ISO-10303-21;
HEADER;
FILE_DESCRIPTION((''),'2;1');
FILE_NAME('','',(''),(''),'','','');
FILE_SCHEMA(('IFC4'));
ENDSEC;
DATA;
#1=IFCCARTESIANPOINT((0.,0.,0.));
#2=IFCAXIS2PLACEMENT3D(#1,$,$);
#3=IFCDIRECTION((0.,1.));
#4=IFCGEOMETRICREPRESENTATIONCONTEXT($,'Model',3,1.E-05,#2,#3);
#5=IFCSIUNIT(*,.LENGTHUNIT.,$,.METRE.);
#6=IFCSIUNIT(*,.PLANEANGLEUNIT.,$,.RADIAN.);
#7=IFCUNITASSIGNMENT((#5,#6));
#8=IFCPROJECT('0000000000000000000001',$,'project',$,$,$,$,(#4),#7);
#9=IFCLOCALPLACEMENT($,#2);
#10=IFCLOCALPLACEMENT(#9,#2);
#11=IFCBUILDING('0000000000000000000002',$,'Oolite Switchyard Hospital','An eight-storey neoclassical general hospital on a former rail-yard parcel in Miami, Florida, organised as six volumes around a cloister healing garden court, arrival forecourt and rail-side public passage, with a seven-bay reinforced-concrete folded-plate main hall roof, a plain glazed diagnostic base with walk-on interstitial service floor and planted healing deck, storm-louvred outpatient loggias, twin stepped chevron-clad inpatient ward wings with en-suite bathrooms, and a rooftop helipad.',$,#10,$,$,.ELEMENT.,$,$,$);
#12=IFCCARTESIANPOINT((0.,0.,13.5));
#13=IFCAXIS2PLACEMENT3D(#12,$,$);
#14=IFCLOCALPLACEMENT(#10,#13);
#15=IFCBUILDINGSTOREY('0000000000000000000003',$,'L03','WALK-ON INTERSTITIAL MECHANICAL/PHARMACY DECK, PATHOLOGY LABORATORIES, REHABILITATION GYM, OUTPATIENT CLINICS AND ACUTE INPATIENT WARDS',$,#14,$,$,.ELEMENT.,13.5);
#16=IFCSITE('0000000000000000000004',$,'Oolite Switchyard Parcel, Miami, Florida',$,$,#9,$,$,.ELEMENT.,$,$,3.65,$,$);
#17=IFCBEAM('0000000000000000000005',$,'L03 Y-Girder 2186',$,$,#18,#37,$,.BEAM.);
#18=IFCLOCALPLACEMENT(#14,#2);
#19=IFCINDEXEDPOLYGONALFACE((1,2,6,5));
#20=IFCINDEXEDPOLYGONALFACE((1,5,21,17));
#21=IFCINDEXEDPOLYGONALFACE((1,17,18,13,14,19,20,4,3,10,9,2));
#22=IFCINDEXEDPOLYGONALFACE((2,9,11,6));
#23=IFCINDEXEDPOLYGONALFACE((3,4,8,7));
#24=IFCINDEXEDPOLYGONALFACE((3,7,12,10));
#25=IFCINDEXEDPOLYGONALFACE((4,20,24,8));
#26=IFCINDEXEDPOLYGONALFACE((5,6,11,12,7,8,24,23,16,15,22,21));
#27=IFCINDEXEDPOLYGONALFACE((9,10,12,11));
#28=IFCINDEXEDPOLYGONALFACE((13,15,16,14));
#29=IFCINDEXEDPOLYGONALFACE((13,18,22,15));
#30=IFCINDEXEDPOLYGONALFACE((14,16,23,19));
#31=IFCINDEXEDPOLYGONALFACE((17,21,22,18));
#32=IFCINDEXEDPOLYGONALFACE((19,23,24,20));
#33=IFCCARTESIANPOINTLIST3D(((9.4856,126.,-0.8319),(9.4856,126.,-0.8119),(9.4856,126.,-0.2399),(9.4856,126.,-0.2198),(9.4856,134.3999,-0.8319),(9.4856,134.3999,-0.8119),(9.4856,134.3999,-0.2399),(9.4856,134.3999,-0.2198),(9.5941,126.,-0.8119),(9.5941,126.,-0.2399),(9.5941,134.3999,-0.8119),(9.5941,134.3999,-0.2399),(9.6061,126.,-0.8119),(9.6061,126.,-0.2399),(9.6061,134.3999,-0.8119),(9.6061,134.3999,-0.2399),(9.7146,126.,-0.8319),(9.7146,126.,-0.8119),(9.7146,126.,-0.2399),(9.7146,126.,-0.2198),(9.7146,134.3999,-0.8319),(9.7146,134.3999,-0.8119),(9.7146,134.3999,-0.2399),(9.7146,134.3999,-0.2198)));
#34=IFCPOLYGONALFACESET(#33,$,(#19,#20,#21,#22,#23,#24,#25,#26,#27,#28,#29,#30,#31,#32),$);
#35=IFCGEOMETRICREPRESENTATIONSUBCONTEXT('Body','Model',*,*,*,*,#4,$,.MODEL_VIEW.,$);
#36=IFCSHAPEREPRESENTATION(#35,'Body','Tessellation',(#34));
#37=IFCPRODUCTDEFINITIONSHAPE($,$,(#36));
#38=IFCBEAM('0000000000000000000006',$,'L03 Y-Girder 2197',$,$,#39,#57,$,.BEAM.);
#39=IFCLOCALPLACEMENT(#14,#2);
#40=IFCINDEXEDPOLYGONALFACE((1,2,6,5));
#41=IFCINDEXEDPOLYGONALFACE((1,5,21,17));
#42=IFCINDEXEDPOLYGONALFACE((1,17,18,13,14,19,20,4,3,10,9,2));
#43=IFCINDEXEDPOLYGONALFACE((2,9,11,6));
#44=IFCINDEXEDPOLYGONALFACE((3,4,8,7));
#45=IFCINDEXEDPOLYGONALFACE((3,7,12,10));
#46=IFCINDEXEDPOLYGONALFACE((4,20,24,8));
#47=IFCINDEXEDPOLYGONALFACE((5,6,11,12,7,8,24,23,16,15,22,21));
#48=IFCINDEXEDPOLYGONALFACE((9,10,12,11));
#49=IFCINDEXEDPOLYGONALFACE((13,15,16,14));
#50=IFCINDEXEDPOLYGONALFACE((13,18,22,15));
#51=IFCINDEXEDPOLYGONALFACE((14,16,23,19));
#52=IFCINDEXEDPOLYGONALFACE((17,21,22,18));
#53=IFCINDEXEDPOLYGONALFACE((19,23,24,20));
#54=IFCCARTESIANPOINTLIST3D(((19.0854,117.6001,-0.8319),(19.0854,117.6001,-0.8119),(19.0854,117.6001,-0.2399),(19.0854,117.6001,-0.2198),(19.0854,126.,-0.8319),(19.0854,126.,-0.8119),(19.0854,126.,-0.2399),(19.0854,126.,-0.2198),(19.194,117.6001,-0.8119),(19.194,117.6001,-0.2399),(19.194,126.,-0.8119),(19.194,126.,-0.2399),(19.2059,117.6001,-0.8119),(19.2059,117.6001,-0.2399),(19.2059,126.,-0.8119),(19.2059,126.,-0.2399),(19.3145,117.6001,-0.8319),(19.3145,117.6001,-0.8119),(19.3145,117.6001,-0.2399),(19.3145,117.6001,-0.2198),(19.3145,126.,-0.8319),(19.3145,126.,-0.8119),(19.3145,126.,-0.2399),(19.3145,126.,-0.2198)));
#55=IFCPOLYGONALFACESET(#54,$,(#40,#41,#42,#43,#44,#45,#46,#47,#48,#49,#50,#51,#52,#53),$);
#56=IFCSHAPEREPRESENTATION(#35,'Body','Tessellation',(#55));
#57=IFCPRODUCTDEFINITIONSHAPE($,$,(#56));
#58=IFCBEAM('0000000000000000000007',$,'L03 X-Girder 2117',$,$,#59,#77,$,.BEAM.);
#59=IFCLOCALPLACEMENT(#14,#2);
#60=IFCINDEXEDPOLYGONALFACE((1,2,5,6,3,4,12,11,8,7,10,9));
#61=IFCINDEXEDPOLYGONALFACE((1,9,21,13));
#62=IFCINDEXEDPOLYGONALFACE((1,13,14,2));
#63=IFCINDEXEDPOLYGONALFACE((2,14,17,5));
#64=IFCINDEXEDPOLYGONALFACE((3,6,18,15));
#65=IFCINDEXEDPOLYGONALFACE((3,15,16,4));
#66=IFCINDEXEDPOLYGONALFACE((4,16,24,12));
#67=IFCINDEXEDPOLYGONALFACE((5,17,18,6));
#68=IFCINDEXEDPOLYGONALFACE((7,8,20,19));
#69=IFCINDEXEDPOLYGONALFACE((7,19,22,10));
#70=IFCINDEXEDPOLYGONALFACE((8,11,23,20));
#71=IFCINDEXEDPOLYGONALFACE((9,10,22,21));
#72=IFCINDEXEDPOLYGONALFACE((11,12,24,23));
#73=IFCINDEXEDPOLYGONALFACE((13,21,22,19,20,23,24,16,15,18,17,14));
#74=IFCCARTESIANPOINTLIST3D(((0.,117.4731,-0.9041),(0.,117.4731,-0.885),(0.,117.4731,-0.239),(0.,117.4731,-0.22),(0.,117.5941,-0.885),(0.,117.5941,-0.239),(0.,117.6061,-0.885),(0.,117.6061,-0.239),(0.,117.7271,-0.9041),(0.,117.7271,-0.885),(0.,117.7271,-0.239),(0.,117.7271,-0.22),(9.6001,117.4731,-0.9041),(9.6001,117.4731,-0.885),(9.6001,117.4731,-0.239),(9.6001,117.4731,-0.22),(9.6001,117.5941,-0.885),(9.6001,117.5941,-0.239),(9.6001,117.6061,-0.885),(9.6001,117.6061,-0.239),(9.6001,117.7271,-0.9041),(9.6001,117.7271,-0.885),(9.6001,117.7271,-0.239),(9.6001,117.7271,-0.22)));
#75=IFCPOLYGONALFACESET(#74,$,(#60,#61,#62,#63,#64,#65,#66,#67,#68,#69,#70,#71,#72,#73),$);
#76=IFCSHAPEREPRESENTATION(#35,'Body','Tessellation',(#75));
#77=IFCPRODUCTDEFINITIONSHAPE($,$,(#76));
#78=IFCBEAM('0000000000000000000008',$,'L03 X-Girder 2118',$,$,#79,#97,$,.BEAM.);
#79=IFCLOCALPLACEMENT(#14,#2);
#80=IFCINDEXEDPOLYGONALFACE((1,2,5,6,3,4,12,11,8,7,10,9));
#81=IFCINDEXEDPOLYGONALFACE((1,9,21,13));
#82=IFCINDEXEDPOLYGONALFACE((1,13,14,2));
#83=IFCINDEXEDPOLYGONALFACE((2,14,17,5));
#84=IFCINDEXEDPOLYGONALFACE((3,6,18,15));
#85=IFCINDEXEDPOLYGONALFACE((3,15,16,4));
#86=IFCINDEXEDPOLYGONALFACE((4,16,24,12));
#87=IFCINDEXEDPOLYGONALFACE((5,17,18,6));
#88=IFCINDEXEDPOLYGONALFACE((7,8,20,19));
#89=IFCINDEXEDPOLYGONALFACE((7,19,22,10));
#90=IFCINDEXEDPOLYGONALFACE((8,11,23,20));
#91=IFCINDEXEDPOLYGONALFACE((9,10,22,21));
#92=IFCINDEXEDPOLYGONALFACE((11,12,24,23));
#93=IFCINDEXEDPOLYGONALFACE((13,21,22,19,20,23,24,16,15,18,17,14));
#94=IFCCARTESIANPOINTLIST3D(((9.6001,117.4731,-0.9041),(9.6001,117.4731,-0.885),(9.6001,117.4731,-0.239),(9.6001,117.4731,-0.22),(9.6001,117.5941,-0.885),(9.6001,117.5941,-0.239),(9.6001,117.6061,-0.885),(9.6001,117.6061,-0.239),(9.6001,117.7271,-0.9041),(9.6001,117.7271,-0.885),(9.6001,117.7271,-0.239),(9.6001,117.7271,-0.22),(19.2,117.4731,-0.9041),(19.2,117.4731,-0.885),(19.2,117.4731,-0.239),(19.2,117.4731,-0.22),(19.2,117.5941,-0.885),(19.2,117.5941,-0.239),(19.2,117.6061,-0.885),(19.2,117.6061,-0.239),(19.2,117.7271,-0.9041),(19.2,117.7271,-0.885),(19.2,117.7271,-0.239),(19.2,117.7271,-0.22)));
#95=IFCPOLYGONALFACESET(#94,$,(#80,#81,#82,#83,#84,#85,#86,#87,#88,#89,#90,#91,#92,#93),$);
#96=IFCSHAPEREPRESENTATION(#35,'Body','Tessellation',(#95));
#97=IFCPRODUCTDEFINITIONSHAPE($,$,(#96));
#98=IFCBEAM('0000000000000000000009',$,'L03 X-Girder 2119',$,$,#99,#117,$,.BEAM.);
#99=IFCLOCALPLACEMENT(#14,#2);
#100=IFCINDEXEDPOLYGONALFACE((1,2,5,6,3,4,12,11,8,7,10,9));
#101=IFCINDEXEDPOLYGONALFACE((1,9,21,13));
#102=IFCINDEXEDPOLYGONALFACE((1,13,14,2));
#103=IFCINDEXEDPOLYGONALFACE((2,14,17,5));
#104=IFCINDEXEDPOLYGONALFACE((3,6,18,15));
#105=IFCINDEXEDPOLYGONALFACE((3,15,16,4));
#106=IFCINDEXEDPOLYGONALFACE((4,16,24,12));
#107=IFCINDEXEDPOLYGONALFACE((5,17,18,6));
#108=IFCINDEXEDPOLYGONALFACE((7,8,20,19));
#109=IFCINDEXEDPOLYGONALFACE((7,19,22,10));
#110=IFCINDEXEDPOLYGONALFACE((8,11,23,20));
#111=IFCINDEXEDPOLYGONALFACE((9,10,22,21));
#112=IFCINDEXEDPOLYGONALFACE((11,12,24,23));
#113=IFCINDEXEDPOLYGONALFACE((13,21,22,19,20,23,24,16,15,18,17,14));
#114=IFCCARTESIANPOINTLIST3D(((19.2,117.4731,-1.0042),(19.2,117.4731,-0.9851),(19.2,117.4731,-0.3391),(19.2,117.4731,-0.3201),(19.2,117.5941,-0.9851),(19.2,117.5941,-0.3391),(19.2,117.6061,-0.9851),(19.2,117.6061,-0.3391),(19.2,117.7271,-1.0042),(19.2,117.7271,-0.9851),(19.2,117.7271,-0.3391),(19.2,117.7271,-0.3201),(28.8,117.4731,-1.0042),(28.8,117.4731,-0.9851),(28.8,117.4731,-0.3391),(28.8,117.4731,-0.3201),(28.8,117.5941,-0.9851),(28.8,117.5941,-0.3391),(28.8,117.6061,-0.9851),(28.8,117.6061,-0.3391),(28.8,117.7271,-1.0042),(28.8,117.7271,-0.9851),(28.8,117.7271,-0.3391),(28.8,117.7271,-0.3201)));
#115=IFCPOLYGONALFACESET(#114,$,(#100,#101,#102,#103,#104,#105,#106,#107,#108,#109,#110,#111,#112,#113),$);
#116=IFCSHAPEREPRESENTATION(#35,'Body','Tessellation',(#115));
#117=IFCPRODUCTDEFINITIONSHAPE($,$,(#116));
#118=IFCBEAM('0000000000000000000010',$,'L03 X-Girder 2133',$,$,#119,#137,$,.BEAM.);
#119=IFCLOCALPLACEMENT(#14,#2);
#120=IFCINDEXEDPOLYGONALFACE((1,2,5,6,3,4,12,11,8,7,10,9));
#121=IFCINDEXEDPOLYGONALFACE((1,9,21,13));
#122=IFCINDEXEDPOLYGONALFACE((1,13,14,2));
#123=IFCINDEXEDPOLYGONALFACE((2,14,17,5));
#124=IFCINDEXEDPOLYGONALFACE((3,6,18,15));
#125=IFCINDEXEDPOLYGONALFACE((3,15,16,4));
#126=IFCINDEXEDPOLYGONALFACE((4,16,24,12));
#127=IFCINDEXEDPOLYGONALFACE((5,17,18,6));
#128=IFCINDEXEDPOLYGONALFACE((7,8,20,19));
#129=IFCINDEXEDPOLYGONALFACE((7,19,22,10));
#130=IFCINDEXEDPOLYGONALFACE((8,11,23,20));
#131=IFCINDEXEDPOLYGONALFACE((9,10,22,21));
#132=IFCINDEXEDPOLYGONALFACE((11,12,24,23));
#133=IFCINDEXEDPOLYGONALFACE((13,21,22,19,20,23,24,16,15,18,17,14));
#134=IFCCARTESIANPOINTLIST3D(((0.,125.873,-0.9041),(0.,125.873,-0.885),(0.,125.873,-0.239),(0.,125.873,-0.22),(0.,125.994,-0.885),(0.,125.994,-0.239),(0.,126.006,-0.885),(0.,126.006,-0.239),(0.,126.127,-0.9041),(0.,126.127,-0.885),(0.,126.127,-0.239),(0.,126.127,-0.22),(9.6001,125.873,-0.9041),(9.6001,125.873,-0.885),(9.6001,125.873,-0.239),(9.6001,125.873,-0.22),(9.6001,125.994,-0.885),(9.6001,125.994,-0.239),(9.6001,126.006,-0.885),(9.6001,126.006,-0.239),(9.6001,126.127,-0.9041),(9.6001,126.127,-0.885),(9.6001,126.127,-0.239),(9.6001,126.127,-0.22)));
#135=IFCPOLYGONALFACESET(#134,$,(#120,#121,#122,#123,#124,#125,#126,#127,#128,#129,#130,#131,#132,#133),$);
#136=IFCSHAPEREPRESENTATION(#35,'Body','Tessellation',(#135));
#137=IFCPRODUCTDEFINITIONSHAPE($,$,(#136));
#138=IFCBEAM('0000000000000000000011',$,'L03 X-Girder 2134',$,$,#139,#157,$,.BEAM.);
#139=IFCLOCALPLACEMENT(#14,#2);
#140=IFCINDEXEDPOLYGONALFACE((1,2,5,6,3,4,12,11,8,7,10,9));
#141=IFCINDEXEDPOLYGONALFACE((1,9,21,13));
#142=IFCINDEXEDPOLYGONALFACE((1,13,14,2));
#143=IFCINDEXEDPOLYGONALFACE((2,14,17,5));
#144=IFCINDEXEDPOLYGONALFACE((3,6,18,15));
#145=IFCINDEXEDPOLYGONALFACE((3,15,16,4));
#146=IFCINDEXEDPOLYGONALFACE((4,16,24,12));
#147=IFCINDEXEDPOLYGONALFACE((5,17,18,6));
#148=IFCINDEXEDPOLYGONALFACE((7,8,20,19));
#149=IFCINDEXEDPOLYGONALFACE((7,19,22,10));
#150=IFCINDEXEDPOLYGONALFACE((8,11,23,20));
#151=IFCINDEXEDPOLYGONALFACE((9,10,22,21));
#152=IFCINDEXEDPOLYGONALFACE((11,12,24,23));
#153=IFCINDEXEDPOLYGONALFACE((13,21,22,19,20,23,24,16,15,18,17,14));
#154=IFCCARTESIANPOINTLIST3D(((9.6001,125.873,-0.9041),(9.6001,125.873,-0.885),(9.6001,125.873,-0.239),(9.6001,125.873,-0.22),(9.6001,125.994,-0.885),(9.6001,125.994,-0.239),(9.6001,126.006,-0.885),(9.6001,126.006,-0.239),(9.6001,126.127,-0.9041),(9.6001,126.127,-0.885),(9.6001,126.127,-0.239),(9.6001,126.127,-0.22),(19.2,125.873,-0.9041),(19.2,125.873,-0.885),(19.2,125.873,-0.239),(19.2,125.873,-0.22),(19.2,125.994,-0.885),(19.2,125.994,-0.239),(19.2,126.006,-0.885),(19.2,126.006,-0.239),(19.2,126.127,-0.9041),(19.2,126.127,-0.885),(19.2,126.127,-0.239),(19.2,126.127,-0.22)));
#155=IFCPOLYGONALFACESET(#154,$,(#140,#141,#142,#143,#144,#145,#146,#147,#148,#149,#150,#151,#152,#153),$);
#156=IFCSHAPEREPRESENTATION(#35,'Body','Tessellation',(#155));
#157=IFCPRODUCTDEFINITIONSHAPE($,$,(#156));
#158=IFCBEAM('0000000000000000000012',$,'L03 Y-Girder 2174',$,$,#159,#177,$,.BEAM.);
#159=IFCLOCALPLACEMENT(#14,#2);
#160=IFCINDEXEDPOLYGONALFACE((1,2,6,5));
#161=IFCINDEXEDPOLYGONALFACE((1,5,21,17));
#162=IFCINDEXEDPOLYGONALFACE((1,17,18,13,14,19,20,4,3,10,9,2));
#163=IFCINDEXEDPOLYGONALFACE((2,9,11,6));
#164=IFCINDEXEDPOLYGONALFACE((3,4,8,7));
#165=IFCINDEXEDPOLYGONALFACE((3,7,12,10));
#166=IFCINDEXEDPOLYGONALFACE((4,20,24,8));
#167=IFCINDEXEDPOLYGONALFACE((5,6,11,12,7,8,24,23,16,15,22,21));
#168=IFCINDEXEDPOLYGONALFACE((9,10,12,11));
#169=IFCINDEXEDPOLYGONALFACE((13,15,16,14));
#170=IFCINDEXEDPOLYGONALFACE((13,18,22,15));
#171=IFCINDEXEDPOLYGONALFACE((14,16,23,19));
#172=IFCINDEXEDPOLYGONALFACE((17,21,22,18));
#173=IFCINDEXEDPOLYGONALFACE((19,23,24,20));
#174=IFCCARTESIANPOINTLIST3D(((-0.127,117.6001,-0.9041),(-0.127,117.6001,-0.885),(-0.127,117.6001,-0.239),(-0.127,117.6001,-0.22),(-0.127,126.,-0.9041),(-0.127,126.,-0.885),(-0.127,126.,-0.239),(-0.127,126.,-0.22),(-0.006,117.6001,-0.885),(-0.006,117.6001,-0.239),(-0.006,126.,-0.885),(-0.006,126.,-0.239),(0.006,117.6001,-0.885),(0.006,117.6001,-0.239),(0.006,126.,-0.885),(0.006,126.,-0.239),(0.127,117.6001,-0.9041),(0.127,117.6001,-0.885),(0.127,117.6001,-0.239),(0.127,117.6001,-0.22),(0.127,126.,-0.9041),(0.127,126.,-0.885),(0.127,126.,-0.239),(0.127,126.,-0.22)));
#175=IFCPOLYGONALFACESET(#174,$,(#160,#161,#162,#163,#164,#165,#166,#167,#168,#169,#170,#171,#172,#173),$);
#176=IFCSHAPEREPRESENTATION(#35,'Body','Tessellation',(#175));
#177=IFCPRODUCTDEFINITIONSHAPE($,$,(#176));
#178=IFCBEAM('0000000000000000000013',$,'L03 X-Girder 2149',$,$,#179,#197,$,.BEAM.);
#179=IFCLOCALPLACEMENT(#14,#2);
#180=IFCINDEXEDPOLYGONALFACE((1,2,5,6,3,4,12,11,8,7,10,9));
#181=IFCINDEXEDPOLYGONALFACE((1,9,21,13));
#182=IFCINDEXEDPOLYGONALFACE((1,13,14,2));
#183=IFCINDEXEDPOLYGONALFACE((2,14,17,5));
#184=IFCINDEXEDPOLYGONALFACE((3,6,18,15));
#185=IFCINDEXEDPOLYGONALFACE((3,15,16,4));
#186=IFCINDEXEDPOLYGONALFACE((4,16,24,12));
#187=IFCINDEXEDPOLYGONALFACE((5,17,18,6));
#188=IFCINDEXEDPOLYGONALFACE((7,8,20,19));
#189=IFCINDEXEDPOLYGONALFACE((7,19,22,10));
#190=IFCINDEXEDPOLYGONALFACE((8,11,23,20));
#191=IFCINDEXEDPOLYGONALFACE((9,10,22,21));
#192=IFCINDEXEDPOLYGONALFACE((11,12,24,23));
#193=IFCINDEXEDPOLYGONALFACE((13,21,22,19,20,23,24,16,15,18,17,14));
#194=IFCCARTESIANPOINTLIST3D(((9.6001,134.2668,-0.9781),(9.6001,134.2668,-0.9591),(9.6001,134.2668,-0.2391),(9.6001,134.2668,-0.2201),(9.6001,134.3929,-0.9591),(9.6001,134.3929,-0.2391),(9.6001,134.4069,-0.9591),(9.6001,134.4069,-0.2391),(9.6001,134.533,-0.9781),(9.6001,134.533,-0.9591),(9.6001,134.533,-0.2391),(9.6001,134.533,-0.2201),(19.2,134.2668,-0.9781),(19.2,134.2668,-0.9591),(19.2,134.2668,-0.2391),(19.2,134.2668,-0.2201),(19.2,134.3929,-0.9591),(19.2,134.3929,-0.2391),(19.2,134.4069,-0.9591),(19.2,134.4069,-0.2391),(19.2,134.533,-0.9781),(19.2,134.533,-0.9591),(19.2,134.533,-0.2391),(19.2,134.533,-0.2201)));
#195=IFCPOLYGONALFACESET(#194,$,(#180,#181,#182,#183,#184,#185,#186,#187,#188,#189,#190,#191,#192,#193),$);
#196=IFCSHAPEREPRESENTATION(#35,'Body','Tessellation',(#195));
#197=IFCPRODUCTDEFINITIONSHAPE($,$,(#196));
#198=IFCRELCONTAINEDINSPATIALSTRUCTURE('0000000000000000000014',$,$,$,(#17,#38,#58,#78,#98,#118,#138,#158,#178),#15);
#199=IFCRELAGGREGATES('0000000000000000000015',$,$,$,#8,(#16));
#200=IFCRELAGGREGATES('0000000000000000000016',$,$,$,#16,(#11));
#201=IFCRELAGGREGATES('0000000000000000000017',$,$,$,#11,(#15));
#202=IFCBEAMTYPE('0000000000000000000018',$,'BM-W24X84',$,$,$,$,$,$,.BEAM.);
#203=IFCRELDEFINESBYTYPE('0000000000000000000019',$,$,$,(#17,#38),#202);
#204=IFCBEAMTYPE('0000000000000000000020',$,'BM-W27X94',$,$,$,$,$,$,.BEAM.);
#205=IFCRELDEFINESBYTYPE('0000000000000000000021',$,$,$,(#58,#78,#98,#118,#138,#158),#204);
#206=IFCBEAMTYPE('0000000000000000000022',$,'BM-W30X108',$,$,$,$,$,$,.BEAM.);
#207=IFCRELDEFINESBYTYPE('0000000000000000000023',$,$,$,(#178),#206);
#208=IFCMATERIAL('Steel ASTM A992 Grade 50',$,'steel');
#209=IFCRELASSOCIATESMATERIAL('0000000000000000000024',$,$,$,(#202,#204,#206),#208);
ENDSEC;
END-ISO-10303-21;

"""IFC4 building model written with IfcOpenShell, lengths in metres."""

from ifc_helpers import new_model, si_unit, direction, frame, origin, origin_2d, place, context, subcontext, project, spatial, i_section, extrude, material, material_profile, profile_set, type_object, element, save


model = new_model("IFC4")

# Units and contexts
model_context = context("Model", 3, precision=1e-05, world=origin(), true_north=direction((0.0, 1.0)))
body_context = subcontext(model_context, "Body", "Model", "MODEL_VIEW")
ifc_project = project(units=[si_unit("LENGTHUNIT", "METRE"), si_unit("PLANEANGLEUNIT", "RADIAN")], contexts=[model_context])

# Site, building, storey
site_placement = place(None, origin())
site = spatial("IfcSite", under=ifc_project, at=site_placement, Name="Oolite Switchyard Parcel, Miami, Florida", CompositionType="ELEMENT", RefElevation=3.65)
building_placement = place(site_placement, origin())
building = spatial("IfcBuilding", under=site, at=building_placement, Name="Oolite Switchyard Hospital", Description="An eight-storey neoclassical general hospital on a former rail-yard parcel in Miami, Florida, organised as six volumes around a cloister healing garden court, arrival forecourt and rail-side public passage, with a seven-bay reinforced-concrete folded-plate main hall roof, a plain glazed diagnostic base with walk-on interstitial service floor and planted healing deck, storm-louvred outpatient loggias, twin stepped chevron-clad inpatient ward wings with en-suite bathrooms, and a rooftop helipad.", CompositionType="ELEMENT")
storey_placement = place(building_placement, frame((0.0, 0.0, 13.5)))
storey = spatial("IfcBuildingStorey", under=building, at=storey_placement, Name="L03", Description="WALK-ON INTERSTITIAL MECHANICAL/PHARMACY DECK, PATHOLOGY LABORATORIES, REHABILITATION GYM, OUTPATIENT CLINICS AND ACUTE INPATIENT WARDS", CompositionType="ELEMENT", Elevation=13.5)

# Beams
ifc_material_1 = material(Name="Steel ASTM A992 Grade 50", Category="steel")
ifc_material_profile_1 = material_profile(ifc_material_1, i_section(OverallWidth=0.229, OverallDepth=0.6121, WebThickness=0.012, FlangeThickness=0.02, at=origin_2d()), Name="W24X84")
ifc_profile_set_1 = profile_set([ifc_material_profile_1], Name="Steel ASTM A992 Grade 50")
beam_type_1 = type_object("IfcBeamType", Name="BM-W24X84", PredefinedType="BEAM", material=ifc_profile_set_1)
for number, where, z_axis, x_axis, name in (
    (1, (9.6001, 126.0, -0.5259), (0.0, 1.0, 0.0), (-1.0, 0.0, 0.0), "L03 Y-Girder 2186"),
    (2, (19.2, 117.6001, -0.5259), (0.0, 1.0, 0.0), (-1.0, 0.0, 0.0), "L03 Y-Girder 2197"),
):
    element("IfcBeam", number, at=place(storey_placement, frame(where, z_axis=z_axis, x_axis=x_axis)), inside=storey, type_object=beam_type_1, Name=name, PredefinedType="BEAM", context=body_context, shape_type="SweptSolid", body=[
        extrude(i_section(OverallWidth=0.229, OverallDepth=0.6121, WebThickness=0.012, FlangeThickness=0.02, at=origin_2d()), origin(), (0.0, 0.0, 1.0), 8.3999),
    ])
ifc_material_profile_2 = material_profile(ifc_material_1, i_section(OverallWidth=0.2539, OverallDepth=0.6841, WebThickness=0.012, FlangeThickness=0.019, at=origin_2d()), Name="W27X94")
ifc_profile_set_2 = profile_set([ifc_material_profile_2], Name="Steel ASTM A992 Grade 50")
beam_type_2 = type_object("IfcBeamType", Name="BM-W27X94", PredefinedType="BEAM", material=ifc_profile_set_2)
beam_1_placement = place(storey_placement, frame((0.0, 117.6001, -0.562), z_axis=(1.0, 0.0, 0.0), x_axis=(0.0, 1.0, 0.0)))
element("IfcBeam", 3, at=beam_1_placement, inside=storey, type_object=beam_type_2, Name="L03 X-Girder 2117", PredefinedType="BEAM", context=body_context, shape_type="SweptSolid", body=[
    extrude(i_section(OverallWidth=0.2539, OverallDepth=0.6841, WebThickness=0.012, FlangeThickness=0.019, at=origin_2d()), origin(), (0.0, 0.0, 1.0), 9.6001),
])
beam_2_placement = place(storey_placement, frame((9.6001, 117.6001, -0.562), z_axis=(1.0, 0.0, 0.0), x_axis=(0.0, 1.0, 0.0)))
element("IfcBeam", 4, at=beam_2_placement, inside=storey, type_object=beam_type_2, Name="L03 X-Girder 2118", PredefinedType="BEAM", context=body_context, shape_type="SweptSolid", body=[
    extrude(i_section(OverallWidth=0.2539, OverallDepth=0.6841, WebThickness=0.012, FlangeThickness=0.019, at=origin_2d()), origin(), (0.0, 0.0, 1.0), 9.5999),
])
for number, where, z_axis, x_axis, name in (
    (5, (19.2, 117.6001, -0.6621), (1.0, 0.0, 0.0), (0.0, 1.0, 0.0), "L03 X-Girder 2119"),
    (6, (0.0, 126.0, -0.562), (1.0, 0.0, 0.0), (0.0, 1.0, 0.0), "L03 X-Girder 2133"),
):
    element("IfcBeam", number, at=place(storey_placement, frame(where, z_axis=z_axis, x_axis=x_axis)), inside=storey, type_object=beam_type_2, Name=name, PredefinedType="BEAM", context=body_context, shape_type="SweptSolid", body=[
        extrude(i_section(OverallWidth=0.2539, OverallDepth=0.6841, WebThickness=0.012, FlangeThickness=0.019, at=origin_2d()), origin(), (0.0, 0.0, 1.0), 9.6001),
    ])
beam_3_placement = place(storey_placement, frame((9.6001, 126.0, -0.562), z_axis=(1.0, 0.0, 0.0), x_axis=(0.0, 1.0, 0.0)))
element("IfcBeam", 7, at=beam_3_placement, inside=storey, type_object=beam_type_2, Name="L03 X-Girder 2134", PredefinedType="BEAM", context=body_context, shape_type="SweptSolid", body=[
    extrude(i_section(OverallWidth=0.2539, OverallDepth=0.6841, WebThickness=0.012, FlangeThickness=0.019, at=origin_2d()), origin(), (0.0, 0.0, 1.0), 9.5999),
])
beam_4_placement = place(storey_placement, frame((0.0, 117.6001, -0.562), z_axis=(0.0, 1.0, 0.0), x_axis=(-1.0, 0.0, 0.0)))
element("IfcBeam", 8, at=beam_4_placement, inside=storey, type_object=beam_type_2, Name="L03 Y-Girder 2174", PredefinedType="BEAM", context=body_context, shape_type="SweptSolid", body=[
    extrude(i_section(OverallWidth=0.2539, OverallDepth=0.6841, WebThickness=0.012, FlangeThickness=0.019, at=origin_2d()), origin(), (0.0, 0.0, 1.0), 8.3999),
])
ifc_material_profile_3 = material_profile(ifc_material_1, i_section(OverallWidth=0.2661, OverallDepth=0.7581, WebThickness=0.0139, FlangeThickness=0.019, at=origin_2d()), Name="W30X108")
ifc_profile_set_3 = profile_set([ifc_material_profile_3], Name="Steel ASTM A992 Grade 50")
beam_type_3 = type_object("IfcBeamType", Name="BM-W30X108", PredefinedType="BEAM", material=ifc_profile_set_3)
beam_5_placement = place(storey_placement, frame((9.6001, 134.3999, -0.5991), z_axis=(1.0, 0.0, 0.0), x_axis=(0.0, 1.0, 0.0)))
element("IfcBeam", 9, at=beam_5_placement, inside=storey, type_object=beam_type_3, Name="L03 X-Girder 2149", PredefinedType="BEAM", context=body_context, shape_type="SweptSolid", body=[
    extrude(i_section(OverallWidth=0.2661, OverallDepth=0.7581, WebThickness=0.0139, FlangeThickness=0.019, at=origin_2d()), origin(), (0.0, 0.0, 1.0), 9.5999),
])

save(model, "model.ifc")
